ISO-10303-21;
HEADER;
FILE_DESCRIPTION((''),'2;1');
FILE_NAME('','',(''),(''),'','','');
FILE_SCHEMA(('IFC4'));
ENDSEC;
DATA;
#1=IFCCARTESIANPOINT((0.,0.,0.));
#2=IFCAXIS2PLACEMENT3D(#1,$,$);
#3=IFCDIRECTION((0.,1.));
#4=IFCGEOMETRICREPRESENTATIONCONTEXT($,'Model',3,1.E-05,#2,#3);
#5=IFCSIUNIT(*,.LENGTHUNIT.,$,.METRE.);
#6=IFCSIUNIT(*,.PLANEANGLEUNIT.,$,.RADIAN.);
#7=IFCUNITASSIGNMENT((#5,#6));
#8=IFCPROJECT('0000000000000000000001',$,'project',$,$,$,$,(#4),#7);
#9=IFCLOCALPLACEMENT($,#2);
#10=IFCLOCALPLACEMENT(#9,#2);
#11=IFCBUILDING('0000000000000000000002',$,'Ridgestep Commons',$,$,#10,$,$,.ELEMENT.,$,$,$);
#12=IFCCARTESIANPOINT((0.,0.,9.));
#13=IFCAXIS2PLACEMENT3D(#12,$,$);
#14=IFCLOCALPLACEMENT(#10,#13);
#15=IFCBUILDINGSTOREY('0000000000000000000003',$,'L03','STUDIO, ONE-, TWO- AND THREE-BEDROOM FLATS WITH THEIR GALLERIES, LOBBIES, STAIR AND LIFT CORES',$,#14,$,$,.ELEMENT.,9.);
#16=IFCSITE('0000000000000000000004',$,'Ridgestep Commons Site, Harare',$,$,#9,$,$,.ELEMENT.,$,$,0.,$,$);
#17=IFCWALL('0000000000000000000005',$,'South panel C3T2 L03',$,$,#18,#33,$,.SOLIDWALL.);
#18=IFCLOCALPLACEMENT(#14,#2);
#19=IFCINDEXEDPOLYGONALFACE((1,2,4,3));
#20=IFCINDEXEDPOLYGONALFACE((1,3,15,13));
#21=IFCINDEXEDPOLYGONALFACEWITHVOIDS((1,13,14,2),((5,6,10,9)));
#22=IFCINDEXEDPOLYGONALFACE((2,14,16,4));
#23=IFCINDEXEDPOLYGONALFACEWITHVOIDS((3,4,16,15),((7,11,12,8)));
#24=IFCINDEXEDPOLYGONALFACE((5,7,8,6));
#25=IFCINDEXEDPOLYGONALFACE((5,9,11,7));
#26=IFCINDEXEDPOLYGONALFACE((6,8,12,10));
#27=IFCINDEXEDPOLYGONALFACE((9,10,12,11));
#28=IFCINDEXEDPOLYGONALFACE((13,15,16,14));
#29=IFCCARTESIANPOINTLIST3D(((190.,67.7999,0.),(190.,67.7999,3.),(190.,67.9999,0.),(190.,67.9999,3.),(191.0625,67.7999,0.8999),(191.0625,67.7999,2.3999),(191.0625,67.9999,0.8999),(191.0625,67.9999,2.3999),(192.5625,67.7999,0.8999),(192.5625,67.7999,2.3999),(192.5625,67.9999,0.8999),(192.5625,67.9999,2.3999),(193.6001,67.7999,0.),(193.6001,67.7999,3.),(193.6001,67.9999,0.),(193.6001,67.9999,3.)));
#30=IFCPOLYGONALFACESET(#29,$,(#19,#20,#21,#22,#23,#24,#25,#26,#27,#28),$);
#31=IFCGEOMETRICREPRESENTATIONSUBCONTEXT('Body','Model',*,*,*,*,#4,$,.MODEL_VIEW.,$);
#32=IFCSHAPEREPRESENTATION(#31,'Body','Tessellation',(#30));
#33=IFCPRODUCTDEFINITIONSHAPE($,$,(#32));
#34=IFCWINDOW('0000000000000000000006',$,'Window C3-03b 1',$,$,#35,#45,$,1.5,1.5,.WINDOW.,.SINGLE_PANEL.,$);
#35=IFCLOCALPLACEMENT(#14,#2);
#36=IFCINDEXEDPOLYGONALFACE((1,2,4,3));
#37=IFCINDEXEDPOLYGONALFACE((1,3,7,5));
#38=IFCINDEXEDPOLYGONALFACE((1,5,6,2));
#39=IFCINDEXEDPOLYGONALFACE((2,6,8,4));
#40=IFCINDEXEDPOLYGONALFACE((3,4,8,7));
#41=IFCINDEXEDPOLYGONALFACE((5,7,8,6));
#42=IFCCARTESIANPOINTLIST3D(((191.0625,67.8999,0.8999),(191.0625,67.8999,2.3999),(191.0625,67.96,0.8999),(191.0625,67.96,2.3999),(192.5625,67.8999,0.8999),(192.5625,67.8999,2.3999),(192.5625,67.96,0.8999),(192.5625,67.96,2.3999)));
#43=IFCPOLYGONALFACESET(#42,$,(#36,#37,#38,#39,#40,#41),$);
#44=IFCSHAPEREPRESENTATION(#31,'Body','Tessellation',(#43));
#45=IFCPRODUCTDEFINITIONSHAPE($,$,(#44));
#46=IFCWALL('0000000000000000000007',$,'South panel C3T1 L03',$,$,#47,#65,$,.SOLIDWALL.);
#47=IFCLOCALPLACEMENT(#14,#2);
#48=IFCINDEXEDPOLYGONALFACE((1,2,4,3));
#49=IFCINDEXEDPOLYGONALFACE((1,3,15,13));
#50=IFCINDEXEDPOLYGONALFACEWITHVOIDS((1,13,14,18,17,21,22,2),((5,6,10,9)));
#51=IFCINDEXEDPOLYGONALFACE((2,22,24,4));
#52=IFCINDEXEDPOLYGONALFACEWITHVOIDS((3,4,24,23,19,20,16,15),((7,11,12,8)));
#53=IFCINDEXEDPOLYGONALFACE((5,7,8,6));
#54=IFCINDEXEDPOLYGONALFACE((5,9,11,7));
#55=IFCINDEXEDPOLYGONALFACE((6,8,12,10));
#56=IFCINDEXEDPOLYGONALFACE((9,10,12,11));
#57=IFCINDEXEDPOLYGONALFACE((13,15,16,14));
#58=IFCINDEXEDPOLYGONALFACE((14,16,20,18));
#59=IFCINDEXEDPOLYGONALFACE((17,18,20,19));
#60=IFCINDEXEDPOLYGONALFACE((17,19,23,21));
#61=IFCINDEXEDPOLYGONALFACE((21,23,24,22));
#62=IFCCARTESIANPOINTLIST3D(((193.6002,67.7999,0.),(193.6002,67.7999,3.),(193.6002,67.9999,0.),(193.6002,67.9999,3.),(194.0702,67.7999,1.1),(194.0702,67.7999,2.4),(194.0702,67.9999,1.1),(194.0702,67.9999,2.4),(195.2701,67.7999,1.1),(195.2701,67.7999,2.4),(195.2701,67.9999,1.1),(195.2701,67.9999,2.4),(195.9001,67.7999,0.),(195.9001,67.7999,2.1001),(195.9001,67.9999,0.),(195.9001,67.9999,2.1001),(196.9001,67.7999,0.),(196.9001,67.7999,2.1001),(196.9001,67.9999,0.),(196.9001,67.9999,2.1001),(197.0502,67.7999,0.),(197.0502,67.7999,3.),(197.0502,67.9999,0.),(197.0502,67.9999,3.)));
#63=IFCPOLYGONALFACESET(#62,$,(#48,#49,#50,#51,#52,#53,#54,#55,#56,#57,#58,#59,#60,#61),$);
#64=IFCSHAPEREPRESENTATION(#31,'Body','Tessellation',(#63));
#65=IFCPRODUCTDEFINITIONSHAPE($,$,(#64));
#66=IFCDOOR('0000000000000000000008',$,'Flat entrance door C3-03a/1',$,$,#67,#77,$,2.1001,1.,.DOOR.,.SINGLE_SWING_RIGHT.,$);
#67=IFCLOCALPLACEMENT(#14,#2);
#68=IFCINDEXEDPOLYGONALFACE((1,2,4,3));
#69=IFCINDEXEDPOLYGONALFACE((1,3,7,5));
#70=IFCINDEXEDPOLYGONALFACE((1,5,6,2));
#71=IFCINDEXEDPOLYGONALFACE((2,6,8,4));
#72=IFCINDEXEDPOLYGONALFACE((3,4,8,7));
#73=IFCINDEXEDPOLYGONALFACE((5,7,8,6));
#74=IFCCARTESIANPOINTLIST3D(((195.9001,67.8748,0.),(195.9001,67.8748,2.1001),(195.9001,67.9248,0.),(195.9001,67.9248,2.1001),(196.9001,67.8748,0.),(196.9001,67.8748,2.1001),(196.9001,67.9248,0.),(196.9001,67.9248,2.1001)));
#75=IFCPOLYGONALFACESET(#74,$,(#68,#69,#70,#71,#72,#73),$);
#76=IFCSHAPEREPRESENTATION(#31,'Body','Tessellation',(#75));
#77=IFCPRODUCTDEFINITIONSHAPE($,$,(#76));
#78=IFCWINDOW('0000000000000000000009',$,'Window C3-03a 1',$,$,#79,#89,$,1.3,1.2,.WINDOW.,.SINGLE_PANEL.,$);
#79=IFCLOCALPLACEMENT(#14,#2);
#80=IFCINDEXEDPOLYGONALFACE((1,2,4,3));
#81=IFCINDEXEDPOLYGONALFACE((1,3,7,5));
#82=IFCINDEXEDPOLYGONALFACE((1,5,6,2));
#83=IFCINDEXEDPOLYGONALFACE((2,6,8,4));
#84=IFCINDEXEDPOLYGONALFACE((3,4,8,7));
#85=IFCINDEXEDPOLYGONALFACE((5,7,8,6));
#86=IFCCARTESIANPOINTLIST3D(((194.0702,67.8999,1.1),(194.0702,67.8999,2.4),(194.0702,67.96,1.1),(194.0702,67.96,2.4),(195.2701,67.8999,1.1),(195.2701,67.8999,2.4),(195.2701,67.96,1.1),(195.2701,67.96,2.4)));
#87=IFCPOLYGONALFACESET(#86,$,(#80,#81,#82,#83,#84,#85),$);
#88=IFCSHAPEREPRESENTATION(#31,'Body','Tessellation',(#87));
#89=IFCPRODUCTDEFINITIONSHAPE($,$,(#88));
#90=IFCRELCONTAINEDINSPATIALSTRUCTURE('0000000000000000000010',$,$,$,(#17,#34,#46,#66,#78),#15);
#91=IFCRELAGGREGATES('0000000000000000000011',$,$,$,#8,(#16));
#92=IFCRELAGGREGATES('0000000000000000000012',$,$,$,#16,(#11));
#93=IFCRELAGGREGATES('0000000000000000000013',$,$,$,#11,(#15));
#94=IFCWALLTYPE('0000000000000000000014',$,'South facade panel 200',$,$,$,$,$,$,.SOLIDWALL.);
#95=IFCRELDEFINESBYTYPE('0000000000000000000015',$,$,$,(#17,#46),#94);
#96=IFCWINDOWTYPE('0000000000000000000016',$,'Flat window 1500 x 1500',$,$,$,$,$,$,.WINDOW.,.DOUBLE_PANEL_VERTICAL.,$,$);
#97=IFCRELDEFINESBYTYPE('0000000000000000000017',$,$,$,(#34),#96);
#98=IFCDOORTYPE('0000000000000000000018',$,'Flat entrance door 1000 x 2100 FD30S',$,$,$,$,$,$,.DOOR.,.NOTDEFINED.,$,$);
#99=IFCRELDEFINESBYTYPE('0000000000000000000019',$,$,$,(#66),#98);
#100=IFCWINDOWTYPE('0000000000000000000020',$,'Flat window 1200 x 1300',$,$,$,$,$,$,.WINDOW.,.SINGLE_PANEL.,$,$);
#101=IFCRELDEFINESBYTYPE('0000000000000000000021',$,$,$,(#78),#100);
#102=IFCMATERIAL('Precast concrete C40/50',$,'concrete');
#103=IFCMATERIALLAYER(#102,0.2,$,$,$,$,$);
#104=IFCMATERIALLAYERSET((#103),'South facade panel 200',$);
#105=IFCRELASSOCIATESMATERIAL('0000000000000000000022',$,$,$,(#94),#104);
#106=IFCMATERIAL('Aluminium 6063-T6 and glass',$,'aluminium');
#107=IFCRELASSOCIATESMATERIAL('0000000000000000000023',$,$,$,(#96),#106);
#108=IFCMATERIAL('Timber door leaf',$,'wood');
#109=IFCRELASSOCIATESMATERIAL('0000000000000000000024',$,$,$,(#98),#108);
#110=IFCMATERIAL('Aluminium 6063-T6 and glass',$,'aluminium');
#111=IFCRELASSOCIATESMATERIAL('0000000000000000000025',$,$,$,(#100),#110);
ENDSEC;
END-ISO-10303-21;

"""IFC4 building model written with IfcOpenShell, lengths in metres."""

from ifc_helpers import new_model, si_unit, direction, frame, frame_2d, origin, place, context, subcontext, project, spatial, rectangle, extrude, material, layer, layer_set, type_object, element, fill, save


model = new_model("IFC4")

# Units and contexts
model_context = context("Model", 3, precision=1e-05, world=origin(), true_north=direction((0.0, 1.0)))
body_context = subcontext(model_context, "Body", "Model", "MODEL_VIEW")
ifc_project = project(units=[si_unit("LENGTHUNIT", "METRE"), si_unit("PLANEANGLEUNIT", "RADIAN")], contexts=[model_context])

# Site, building, storey
site_placement = place(None, origin())
site = spatial("IfcSite", under=ifc_project, at=site_placement, Name="Ridgestep Commons Site, Harare", CompositionType="ELEMENT", RefElevation=0.0)
building_placement = place(site_placement, origin())
building = spatial("IfcBuilding", under=site, at=building_placement, Name="Ridgestep Commons", CompositionType="ELEMENT")
storey_placement = place(building_placement, frame((0.0, 0.0, 9.0)))
storey = spatial("IfcBuildingStorey", under=building, at=storey_placement, Name="L03", Description="STUDIO, ONE-, TWO- AND THREE-BEDROOM FLATS WITH THEIR GALLERIES, LOBBIES, STAIR AND LIFT CORES", CompositionType="ELEMENT", Elevation=9.0)

# Wall, opening, window
ifc_material_1 = material(Name="Precast concrete C40/50", Category="concrete")
ifc_layer_1 = layer(ifc_material_1, 0.2)
ifc_layer_set_1 = layer_set([ifc_layer_1], Name="South facade panel 200")
wall_type_1 = type_object("IfcWallType", Name="South facade panel 200", PredefinedType="SOLIDWALL", material=ifc_layer_set_1)
wall_1_placement = place(storey_placement, frame((190.0, 67.8999, 0.0), z_axis=(0.0, 0.0, 1.0), x_axis=(1.0, 0.0, 0.0)))
wall_1 = element("IfcWall", 1, at=wall_1_placement, inside=storey, type_object=wall_type_1, Name="South panel C3T2 L03", PredefinedType="SOLIDWALL", context=body_context, shape_type="SweptSolid", body=[
    extrude(rectangle(XDim=3.6001, YDim=0.2, at=frame_2d((1.8, 0.0))), origin(), (0.0, 0.0, 1.0), 3.0),
])
opening_1_placement = place(wall_1_placement, frame((1.0625, 0.0, 0.8999)))
opening_1 = element("IfcOpeningElement", 2, at=opening_1_placement, cuts=wall_1, PredefinedType="OPENING", context=body_context, shape_type="SweptSolid", body=[
    extrude(rectangle(XDim=1.5, YDim=1.5, at=frame_2d((0.75, 0.75))), frame((0.0, 0.1099, 0.0), z_axis=(0.0, -1.0, 0.0), x_axis=(1.0, 0.0, 0.0)), (0.0, 0.0, 1.0), 0.22),
])
ifc_material_2 = material(Name="Aluminium 6063-T6 and glass", Category="aluminium")
window_type_1 = type_object("IfcWindowType", Name="Flat window 1500 x 1500", PartitioningType="DOUBLE_PANEL_VERTICAL", PredefinedType="WINDOW", material=ifc_material_2)
window_1_placement = place(opening_1_placement, origin())
window_1 = element("IfcWindow", 3, at=window_1_placement, inside=storey, type_object=window_type_1, Name="Window C3-03b 1", OverallHeight=1.5, OverallWidth=1.5, PartitioningType="SINGLE_PANEL", PredefinedType="WINDOW", context=body_context, shape_type="SweptSolid", body=[
    extrude(rectangle(XDim=1.5, YDim=1.5, at=frame_2d((0.75, 0.75))), frame((0.0, 0.0601, 0.0), z_axis=(0.0, -1.0, 0.0), x_axis=(1.0, 0.0, 0.0)), (0.0, 0.0, 1.0), 0.0601),
])
fill(opening_1, window_1)

# Wall, openings, door, window
wall_2_placement = place(storey_placement, frame((193.6001, 67.8999, 0.0), z_axis=(0.0, 0.0, 1.0), x_axis=(1.0, 0.0, 0.0)))
wall_2 = element("IfcWall", 4, at=wall_2_placement, inside=storey, type_object=wall_type_1, Name="South panel C3T1 L03", PredefinedType="SOLIDWALL", context=body_context, shape_type="SweptSolid", body=[
    extrude(rectangle(XDim=3.45, YDim=0.2, at=frame_2d((1.7251, 0.0))), origin(), (0.0, 0.0, 1.0), 3.0),
])
opening_2_placement = place(wall_2_placement, frame((0.47, 0.0, 1.1001)))
opening_2 = element("IfcOpeningElement", 5, at=opening_2_placement, cuts=wall_2, PredefinedType="OPENING", context=body_context, shape_type="SweptSolid", body=[
    extrude(rectangle(XDim=1.2, YDim=1.3, at=frame_2d((0.6001, 0.6499))), frame((0.0, 0.1099, 0.0), z_axis=(0.0, -1.0, 0.0), x_axis=(1.0, 0.0, 0.0)), (0.0, 0.0, 1.0), 0.22),
])
opening_3_placement = place(wall_2_placement, frame((2.3, 0.0, 0.0)))
opening_3 = element("IfcOpeningElement", 6, at=opening_3_placement, cuts=wall_2, PredefinedType="OPENING", context=body_context, shape_type="SweptSolid", body=[
    extrude(rectangle(XDim=1.0, YDim=2.1001, at=frame_2d((0.5, 1.05))), frame((0.0, 0.1099, 0.0), z_axis=(0.0, -1.0, 0.0), x_axis=(1.0, 0.0, 0.0)), (0.0, 0.0, 1.0), 0.22),
])
ifc_material_3 = material(Name="Timber door leaf", Category="wood")
door_type_1 = type_object("IfcDoorType", Name="Flat entrance door 1000 x 2100 FD30S", OperationType="NOTDEFINED", PredefinedType="DOOR", material=ifc_material_3)
door_1_placement = place(opening_3_placement, origin())
door_1 = element("IfcDoor", 7, at=door_1_placement, inside=storey, type_object=door_type_1, Name="Flat entrance door C3-03a/1", OperationType="SINGLE_SWING_RIGHT", OverallHeight=2.1001, OverallWidth=1.0, PredefinedType="DOOR", context=body_context, shape_type="SweptSolid", body=[
    extrude(rectangle(XDim=1.0, YDim=2.1001, at=frame_2d((0.5, 1.05))), frame((0.0, 0.0249, 0.0), z_axis=(0.0, -1.0, 0.0), x_axis=(1.0, 0.0, 0.0)), (0.0, 0.0, 1.0), 0.05),
])
fill(opening_3, door_1)
ifc_material_4 = material(Name="Aluminium 6063-T6 and glass", Category="aluminium")
window_type_2 = type_object("IfcWindowType", Name="Flat window 1200 x 1300", PartitioningType="SINGLE_PANEL", PredefinedType="WINDOW", material=ifc_material_4)
window_2_placement = place(opening_2_placement, origin())
window_2 = element("IfcWindow", 8, at=window_2_placement, inside=storey, type_object=window_type_2, Name="Window C3-03a 1", OverallHeight=1.3, OverallWidth=1.2, PartitioningType="SINGLE_PANEL", PredefinedType="WINDOW", context=body_context, shape_type="SweptSolid", body=[
    extrude(rectangle(XDim=1.2, YDim=1.3, at=frame_2d((0.6001, 0.6499))), frame((0.0, 0.0601, 0.0), z_axis=(0.0, -1.0, 0.0), x_axis=(1.0, 0.0, 0.0)), (0.0, 0.0, 1.0), 0.0601),
])
fill(opening_2, window_2)

save(model, "model.ifc")
